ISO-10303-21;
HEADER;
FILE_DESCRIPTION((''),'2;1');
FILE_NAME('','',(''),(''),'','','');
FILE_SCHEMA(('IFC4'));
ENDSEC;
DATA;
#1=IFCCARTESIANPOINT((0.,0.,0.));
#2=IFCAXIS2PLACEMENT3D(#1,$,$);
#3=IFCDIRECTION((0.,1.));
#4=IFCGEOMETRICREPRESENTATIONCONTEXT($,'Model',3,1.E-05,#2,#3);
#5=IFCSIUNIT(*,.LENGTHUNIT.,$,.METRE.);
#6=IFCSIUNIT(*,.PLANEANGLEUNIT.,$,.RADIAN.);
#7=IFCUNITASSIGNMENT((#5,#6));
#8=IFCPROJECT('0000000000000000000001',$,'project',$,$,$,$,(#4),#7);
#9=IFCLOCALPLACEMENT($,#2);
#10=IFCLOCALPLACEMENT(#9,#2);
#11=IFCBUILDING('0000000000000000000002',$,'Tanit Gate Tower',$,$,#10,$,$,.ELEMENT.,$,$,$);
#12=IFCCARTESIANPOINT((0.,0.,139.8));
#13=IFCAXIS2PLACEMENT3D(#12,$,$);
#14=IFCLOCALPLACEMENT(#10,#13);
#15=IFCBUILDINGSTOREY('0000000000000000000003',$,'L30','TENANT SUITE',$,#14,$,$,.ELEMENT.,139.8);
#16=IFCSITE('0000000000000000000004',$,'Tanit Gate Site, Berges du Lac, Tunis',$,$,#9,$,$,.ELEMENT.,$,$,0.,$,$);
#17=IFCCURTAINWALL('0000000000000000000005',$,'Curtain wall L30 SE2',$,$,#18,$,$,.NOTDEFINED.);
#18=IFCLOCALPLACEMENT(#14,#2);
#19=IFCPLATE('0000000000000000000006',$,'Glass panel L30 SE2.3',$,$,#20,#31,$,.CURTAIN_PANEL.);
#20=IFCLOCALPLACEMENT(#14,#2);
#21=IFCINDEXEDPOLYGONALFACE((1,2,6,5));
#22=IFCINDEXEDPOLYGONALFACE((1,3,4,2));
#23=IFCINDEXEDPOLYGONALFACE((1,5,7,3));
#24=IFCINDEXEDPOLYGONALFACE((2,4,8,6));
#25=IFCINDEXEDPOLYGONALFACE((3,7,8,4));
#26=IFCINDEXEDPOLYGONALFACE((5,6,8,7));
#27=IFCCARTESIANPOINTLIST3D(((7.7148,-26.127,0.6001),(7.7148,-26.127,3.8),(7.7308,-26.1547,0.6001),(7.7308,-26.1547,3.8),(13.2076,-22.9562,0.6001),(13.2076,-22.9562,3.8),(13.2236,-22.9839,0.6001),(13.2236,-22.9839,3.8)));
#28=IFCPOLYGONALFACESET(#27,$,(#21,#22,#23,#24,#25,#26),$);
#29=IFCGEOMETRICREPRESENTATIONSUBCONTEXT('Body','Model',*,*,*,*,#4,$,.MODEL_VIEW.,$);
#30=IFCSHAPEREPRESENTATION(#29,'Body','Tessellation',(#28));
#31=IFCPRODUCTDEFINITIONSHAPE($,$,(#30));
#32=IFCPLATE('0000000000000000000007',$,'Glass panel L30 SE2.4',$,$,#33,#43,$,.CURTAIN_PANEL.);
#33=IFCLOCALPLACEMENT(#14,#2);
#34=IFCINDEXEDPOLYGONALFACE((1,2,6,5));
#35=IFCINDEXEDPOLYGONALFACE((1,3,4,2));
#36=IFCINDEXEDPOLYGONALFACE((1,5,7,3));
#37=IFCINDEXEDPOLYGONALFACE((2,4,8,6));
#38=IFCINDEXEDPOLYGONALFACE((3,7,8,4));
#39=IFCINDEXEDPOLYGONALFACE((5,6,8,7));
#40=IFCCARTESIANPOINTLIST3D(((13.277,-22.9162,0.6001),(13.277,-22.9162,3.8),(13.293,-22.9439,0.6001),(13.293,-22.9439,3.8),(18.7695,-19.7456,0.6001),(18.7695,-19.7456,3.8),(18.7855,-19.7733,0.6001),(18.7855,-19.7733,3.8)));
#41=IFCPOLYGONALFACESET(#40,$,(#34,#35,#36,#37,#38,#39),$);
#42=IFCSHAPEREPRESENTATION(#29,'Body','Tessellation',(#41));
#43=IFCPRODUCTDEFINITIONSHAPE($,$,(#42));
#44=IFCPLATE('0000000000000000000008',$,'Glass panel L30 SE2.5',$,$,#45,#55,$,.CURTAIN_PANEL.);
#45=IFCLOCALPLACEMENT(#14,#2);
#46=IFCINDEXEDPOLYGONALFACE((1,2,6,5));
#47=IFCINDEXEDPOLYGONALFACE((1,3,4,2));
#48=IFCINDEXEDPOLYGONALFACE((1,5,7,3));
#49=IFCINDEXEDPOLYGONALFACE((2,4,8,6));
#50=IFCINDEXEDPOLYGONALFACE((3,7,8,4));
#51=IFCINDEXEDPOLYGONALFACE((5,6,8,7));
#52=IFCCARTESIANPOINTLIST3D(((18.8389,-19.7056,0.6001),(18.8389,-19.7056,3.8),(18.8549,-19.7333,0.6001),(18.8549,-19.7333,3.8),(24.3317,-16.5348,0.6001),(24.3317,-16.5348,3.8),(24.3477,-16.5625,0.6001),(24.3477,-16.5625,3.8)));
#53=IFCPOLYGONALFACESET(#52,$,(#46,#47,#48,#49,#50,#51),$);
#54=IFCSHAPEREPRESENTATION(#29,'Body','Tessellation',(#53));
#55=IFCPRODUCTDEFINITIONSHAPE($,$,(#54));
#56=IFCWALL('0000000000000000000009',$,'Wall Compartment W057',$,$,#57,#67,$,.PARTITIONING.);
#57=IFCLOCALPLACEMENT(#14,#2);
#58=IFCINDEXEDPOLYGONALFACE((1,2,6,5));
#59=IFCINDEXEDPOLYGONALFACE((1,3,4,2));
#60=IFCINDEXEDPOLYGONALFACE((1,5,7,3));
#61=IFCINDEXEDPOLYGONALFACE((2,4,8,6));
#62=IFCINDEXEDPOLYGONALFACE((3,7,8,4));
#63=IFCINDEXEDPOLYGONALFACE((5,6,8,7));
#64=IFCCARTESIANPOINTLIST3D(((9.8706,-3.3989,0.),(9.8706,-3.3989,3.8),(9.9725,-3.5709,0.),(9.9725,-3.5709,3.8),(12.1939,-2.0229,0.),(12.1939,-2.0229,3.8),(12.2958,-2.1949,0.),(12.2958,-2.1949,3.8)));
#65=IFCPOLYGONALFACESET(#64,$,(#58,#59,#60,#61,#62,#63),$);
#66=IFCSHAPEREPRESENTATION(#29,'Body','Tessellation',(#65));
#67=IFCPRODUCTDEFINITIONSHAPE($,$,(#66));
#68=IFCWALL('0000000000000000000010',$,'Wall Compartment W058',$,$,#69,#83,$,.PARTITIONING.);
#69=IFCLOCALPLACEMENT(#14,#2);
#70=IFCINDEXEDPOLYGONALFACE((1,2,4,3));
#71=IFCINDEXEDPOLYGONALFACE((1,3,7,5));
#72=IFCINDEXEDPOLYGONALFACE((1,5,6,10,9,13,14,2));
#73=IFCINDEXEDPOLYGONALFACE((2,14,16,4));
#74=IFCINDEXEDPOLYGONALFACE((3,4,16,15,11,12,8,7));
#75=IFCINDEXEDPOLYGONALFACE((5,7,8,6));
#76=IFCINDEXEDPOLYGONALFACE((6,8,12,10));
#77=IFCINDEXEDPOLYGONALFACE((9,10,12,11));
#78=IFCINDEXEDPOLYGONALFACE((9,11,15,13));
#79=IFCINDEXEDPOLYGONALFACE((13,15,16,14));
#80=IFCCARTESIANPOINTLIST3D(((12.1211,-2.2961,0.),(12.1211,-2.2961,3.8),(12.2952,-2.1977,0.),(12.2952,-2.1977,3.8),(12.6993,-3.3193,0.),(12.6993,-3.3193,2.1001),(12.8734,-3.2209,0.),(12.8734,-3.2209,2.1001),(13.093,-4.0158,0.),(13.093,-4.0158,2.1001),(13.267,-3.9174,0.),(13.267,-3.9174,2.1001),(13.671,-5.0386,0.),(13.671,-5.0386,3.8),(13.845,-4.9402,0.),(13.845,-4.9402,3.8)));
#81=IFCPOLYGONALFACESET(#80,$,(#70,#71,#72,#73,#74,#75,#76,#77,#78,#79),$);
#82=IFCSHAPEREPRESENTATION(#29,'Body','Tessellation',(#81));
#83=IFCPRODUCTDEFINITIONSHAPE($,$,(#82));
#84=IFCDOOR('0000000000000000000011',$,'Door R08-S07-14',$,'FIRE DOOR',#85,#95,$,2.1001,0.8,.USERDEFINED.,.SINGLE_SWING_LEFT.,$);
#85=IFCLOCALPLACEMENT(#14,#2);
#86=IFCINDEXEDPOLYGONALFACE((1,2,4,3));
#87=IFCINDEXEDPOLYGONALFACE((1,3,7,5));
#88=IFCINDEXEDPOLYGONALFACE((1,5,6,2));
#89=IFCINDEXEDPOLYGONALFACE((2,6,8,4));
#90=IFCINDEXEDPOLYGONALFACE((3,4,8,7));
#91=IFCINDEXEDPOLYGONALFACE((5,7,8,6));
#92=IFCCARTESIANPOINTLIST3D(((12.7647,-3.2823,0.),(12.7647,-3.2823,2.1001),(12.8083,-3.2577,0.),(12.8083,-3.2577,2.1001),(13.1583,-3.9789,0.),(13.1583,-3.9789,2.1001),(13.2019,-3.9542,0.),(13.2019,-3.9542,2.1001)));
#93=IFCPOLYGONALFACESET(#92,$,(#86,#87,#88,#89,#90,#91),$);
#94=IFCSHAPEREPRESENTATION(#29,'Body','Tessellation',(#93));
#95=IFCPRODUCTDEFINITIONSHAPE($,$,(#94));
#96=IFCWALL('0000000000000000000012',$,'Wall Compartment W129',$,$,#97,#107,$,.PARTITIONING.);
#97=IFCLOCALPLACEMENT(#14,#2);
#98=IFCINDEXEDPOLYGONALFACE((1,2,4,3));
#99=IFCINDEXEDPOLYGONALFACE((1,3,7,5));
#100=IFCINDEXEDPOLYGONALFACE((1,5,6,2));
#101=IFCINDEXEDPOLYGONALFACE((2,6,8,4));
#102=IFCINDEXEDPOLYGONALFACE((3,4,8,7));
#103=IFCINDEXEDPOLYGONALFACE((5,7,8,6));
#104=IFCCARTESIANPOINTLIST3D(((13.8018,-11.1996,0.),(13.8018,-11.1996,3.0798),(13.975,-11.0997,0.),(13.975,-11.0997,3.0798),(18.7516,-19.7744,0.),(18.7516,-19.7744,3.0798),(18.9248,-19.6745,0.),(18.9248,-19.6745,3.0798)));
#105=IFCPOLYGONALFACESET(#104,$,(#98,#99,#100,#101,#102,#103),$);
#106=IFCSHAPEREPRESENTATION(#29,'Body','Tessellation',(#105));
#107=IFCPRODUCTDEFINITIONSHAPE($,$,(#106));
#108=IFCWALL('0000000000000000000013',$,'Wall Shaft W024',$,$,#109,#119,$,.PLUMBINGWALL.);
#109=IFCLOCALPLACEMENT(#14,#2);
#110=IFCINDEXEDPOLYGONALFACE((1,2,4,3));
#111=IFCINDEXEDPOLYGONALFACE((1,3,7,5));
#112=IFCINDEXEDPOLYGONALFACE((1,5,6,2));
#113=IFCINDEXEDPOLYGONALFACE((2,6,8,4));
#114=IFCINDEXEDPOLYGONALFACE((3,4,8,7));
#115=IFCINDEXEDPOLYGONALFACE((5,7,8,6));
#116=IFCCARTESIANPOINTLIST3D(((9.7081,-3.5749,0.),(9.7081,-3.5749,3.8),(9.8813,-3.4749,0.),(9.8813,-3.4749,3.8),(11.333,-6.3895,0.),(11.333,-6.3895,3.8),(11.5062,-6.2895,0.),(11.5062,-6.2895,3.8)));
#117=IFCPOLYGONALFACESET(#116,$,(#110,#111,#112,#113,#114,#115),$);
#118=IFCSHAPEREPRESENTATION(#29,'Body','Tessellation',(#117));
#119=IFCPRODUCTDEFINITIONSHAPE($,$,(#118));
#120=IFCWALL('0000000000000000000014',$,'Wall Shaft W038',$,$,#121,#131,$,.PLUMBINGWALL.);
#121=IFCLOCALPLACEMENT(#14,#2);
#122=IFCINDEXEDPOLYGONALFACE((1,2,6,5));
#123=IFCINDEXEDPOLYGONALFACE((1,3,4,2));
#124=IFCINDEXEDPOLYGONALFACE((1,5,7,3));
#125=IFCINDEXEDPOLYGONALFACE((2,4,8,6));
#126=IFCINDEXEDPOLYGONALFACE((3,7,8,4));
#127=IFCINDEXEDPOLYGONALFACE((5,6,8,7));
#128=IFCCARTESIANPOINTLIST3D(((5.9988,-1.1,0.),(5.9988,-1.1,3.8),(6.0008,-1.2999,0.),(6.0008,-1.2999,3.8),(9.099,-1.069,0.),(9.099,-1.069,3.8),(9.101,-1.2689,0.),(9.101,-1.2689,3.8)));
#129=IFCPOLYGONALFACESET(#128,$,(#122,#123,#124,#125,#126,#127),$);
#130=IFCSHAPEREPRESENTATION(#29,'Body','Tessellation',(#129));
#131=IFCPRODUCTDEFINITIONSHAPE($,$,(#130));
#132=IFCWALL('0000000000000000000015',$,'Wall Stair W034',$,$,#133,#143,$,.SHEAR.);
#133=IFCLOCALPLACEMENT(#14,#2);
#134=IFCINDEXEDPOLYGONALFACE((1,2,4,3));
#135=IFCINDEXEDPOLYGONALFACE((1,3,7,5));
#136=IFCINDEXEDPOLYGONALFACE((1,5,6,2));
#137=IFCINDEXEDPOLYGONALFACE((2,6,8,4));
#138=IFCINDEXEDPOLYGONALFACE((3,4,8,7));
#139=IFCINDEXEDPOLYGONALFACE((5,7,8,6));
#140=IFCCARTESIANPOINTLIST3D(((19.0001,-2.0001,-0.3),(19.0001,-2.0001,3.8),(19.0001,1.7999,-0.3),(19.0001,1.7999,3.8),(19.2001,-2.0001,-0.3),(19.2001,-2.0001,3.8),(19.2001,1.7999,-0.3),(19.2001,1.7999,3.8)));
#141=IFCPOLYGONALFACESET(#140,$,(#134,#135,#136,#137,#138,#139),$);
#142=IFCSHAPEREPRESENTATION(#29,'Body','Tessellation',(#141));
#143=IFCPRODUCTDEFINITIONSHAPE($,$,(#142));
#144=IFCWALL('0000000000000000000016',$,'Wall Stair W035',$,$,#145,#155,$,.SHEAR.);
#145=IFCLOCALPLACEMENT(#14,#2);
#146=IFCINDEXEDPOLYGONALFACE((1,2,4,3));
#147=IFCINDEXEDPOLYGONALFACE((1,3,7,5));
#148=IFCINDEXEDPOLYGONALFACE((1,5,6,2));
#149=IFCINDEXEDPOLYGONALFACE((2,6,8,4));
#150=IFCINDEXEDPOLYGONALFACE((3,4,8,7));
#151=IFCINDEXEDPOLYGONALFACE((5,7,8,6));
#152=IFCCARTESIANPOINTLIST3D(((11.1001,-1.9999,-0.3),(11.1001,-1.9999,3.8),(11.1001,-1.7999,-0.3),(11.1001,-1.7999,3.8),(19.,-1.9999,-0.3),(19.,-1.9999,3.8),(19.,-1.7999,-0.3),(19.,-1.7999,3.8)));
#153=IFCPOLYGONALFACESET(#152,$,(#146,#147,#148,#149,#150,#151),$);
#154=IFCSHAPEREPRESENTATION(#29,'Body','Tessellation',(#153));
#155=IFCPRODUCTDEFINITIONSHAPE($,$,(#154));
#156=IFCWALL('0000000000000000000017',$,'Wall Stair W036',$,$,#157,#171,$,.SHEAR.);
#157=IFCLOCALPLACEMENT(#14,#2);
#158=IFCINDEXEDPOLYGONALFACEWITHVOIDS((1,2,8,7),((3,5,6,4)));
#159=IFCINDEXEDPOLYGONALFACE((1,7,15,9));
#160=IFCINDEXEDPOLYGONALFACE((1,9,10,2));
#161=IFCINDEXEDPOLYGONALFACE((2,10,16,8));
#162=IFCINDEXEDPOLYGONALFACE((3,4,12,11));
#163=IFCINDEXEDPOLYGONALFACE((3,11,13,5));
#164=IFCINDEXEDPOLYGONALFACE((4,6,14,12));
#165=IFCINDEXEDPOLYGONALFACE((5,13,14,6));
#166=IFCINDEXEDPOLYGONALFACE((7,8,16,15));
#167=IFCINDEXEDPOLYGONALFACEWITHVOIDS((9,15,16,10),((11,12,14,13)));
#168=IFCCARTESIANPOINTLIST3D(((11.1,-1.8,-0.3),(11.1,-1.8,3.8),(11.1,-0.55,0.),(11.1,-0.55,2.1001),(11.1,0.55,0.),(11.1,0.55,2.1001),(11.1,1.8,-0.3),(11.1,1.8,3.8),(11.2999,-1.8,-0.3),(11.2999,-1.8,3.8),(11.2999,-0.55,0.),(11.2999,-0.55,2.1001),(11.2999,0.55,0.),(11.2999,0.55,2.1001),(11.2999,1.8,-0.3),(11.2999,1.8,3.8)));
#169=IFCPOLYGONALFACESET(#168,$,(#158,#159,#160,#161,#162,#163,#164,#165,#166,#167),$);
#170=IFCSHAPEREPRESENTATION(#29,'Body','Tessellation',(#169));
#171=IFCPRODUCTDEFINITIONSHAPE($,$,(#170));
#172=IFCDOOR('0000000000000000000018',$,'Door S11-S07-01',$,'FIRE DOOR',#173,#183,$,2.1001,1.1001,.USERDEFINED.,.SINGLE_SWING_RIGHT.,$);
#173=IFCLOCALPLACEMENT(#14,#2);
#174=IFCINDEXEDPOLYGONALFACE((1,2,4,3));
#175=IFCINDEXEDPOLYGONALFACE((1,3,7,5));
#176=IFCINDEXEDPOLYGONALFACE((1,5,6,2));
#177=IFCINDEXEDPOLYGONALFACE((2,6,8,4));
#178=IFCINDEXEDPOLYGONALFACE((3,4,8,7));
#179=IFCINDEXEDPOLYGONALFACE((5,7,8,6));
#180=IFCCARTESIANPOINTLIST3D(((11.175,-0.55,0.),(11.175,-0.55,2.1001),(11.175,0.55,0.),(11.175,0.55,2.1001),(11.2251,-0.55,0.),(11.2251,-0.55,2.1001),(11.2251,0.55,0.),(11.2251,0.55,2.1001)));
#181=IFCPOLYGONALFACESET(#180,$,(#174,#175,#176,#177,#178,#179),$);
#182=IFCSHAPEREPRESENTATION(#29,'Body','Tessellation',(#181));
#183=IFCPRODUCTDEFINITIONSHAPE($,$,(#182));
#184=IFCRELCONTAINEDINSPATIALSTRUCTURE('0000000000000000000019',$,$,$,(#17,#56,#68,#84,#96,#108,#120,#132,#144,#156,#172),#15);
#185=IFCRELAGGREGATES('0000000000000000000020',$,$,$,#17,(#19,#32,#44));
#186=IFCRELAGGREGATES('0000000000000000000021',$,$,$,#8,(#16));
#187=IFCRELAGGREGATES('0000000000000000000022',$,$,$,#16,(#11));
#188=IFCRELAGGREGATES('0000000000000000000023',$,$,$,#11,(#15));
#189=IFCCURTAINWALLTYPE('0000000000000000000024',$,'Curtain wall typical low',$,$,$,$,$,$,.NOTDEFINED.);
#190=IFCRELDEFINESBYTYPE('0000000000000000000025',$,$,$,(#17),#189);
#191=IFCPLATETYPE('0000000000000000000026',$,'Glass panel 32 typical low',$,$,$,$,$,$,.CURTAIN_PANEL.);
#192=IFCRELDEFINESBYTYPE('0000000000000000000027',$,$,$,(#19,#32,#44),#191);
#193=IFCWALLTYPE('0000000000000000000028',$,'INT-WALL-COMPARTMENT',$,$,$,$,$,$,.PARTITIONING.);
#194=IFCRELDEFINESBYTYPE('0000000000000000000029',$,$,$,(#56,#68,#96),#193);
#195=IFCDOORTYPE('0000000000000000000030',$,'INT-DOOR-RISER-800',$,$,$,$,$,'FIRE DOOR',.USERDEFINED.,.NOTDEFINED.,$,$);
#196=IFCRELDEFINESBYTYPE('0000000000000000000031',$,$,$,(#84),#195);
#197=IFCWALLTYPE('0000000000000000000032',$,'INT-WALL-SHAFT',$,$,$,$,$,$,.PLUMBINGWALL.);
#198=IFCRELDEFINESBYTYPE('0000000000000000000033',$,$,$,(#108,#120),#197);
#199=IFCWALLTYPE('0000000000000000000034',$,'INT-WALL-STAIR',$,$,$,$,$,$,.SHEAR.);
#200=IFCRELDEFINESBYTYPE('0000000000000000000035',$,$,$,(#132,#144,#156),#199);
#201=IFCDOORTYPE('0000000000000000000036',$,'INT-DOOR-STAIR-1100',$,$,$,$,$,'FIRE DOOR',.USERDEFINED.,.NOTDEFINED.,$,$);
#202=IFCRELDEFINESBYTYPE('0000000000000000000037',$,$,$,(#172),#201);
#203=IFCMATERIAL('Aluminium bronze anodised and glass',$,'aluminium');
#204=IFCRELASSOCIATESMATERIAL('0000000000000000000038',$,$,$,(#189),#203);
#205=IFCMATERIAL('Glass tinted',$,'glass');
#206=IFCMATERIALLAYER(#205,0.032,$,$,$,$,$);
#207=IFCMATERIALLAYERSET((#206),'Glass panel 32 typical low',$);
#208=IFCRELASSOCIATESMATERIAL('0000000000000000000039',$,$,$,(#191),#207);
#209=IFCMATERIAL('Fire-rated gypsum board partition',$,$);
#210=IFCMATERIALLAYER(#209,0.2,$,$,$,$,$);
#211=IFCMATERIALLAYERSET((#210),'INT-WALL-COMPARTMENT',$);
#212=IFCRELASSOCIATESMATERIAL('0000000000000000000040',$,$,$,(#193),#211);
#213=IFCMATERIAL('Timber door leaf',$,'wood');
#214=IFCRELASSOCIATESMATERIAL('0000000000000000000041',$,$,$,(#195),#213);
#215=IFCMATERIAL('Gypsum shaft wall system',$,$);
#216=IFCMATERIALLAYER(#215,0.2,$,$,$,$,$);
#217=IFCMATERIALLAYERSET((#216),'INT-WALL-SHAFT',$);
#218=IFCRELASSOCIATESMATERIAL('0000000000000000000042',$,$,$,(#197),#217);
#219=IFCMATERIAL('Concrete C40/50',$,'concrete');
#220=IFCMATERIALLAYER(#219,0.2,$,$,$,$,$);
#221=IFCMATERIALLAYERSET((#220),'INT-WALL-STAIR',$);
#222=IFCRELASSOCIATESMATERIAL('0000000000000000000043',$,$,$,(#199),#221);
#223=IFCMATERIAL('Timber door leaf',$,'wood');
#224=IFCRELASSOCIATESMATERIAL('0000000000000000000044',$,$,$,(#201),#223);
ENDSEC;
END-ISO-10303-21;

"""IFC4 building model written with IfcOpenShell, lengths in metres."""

from ifc_helpers import new_model, si_unit, direction, frame, frame_2d, origin, origin_2d, place, context, subcontext, project, spatial, rectangle, extrude, material, layer, layer_set, type_object, element, fill, aggregate, save


model = new_model("IFC4")

# Units and contexts
model_context = context("Model", 3, precision=1e-05, world=origin(), true_north=direction((0.0, 1.0)))
body_context = subcontext(model_context, "Body", "Model", "MODEL_VIEW")
ifc_project = project(units=[si_unit("LENGTHUNIT", "METRE"), si_unit("PLANEANGLEUNIT", "RADIAN")], contexts=[model_context])

# Site, building, storey
site_placement = place(None, origin())
site = spatial("IfcSite", under=ifc_project, at=site_placement, Name="Tanit Gate Site, Berges du Lac, Tunis", CompositionType="ELEMENT", RefElevation=0.0)
building_placement = place(site_placement, origin())
building = spatial("IfcBuilding", under=site, at=building_placement, Name="Tanit Gate Tower", CompositionType="ELEMENT")
storey_placement = place(building_placement, frame((0.0, 0.0, 139.8)))
storey = spatial("IfcBuildingStorey", under=building, at=storey_placement, Name="L30", Description="TENANT SUITE", CompositionType="ELEMENT", Elevation=139.8)

# Curtain wall
ifc_material_1 = material(Name="Aluminium bronze anodised and glass", Category="aluminium")
curtain_wall_type = type_object("IfcCurtainWallType", Name="Curtain wall typical low", PredefinedType="NOTDEFINED", material=ifc_material_1)
curtain_wall_placement = place(storey_placement, origin())
curtain_wall = element("IfcCurtainWall", 1, at=curtain_wall_placement, inside=storey, type_object=curtain_wall_type, Name="Curtain wall L30 SE2", PredefinedType="NOTDEFINED")

# Plates
ifc_material_2 = material(Name="Glass tinted", Category="glass")
ifc_layer_1 = layer(ifc_material_2, 0.032)
ifc_layer_set_1 = layer_set([ifc_layer_1], Name="Glass panel 32 typical low")
plate_type = type_object("IfcPlateType", Name="Glass panel 32 typical low", PredefinedType="CURTAIN_PANEL", material=ifc_layer_set_1)
plate_1_placement = place(storey_placement, frame((10.4692, -24.5554, 0.6001), z_axis=(0.0, 0.0, 1.0), x_axis=(0.86606, 0.49994, 0.0)))
plate_1 = element("IfcPlate", 2, at=plate_1_placement, type_object=plate_type, Name="Glass panel L30 SE2.3", PredefinedType="CURTAIN_PANEL", context=body_context, shape_type="SweptSolid", body=[
    extrude(rectangle(XDim=6.3423, YDim=0.032, at=origin_2d()), origin(), (0.0, 0.0, 1.0), 3.2),
])
plate_2_placement = place(storey_placement, frame((16.0312, -21.3447, 0.6001), z_axis=(0.0, 0.0, 1.0), x_axis=(0.86606, 0.49994, 0.0)))
plate_2 = element("IfcPlate", 3, at=plate_2_placement, type_object=plate_type, Name="Glass panel L30 SE2.4", PredefinedType="CURTAIN_PANEL", context=body_context, shape_type="SweptSolid", body=[
    extrude(rectangle(XDim=6.342, YDim=0.032, at=origin_2d()), origin(), (0.0, 0.0, 1.0), 3.2),
])
plate_3_placement = place(storey_placement, frame((21.5933, -18.134, 0.6001), z_axis=(0.0, 0.0, 1.0), x_axis=(0.86606, 0.49994, 0.0)))
plate_3 = element("IfcPlate", 4, at=plate_3_placement, type_object=plate_type, Name="Glass panel L30 SE2.5", PredefinedType="CURTAIN_PANEL", context=body_context, shape_type="SweptSolid", body=[
    extrude(rectangle(XDim=6.3423, YDim=0.032, at=origin_2d()), origin(), (0.0, 0.0, 1.0), 3.2),
])
aggregate(curtain_wall, [plate_1, plate_2, plate_3])

# Wall
ifc_material_3 = material(Name="Fire-rated gypsum board partition")
ifc_layer_2 = layer(ifc_material_3, 0.2)
ifc_layer_set_2 = layer_set([ifc_layer_2], Name="INT-WALL-COMPARTMENT")
wall_type_1 = type_object("IfcWallType", Name="INT-WALL-COMPARTMENT", PredefinedType="PARTITIONING", material=ifc_layer_set_2)
wall_1_placement = place(storey_placement, frame((12.2449, -2.1089, 0.0), z_axis=(0.0, 0.0, 1.0), x_axis=(-0.860415, -0.509594, 0.0)))
element("IfcWall", 5, at=wall_1_placement, inside=storey, type_object=wall_type_1, Name="Wall Compartment W057", PredefinedType="PARTITIONING", context=body_context, shape_type="SweptSolid", body=[
    extrude(rectangle(XDim=2.7002, YDim=0.2, at=frame_2d((1.3501, 0.0))), origin(), (0.0, 0.0, 1.0), 3.8),
])

# Wall, opening, door
wall_2_placement = place(storey_placement, frame((13.7581, -4.9895, 0.0), z_axis=(0.0, 0.0, 1.0), x_axis=(-0.491993, 0.870599, 0.0)))
wall_2 = element("IfcWall", 6, at=wall_2_placement, inside=storey, type_object=wall_type_1, Name="Wall Compartment W058", PredefinedType="PARTITIONING", context=body_context, shape_type="SweptSolid", body=[
    extrude(rectangle(XDim=3.1501, YDim=0.2, at=frame_2d((1.5752, 0.0))), origin(), (0.0, 0.0, 1.0), 3.8),
])
opening_1_placement = place(wall_2_placement, frame((1.175, 0.0, 0.0)))
opening_1 = element("IfcOpeningElement", 7, at=opening_1_placement, cuts=wall_2, PredefinedType="OPENING", context=body_context, shape_type="SweptSolid", body=[
    extrude(rectangle(XDim=0.8, YDim=2.1001, at=frame_2d((0.3999, 1.05))), frame((0.0, 0.1099, 0.0), z_axis=(0.0, -1.0, 0.0), x_axis=(1.0, 0.0, 0.0)), (0.0, 0.0, 1.0), 0.22),
])
ifc_material_4 = material(Name="Timber door leaf", Category="wood")
door_type_1 = type_object("IfcDoorType", Name="INT-DOOR-RISER-800", ElementType="FIRE DOOR", OperationType="NOTDEFINED", PredefinedType="USERDEFINED", material=ifc_material_4)
door_1_placement = place(opening_1_placement, origin())
door_1 = element("IfcDoor", 8, at=door_1_placement, inside=storey, type_object=door_type_1, Name="Door R08-S07-14", ObjectType="FIRE DOOR", OperationType="SINGLE_SWING_LEFT", OverallHeight=2.1001, OverallWidth=0.8, PredefinedType="USERDEFINED", context=body_context, shape_type="SweptSolid", body=[
    extrude(rectangle(XDim=0.8, YDim=2.1001, at=frame_2d((0.3999, 1.05))), frame((0.0, 0.0249, 0.0), z_axis=(0.0, -1.0, 0.0), x_axis=(1.0, 0.0, 0.0)), (0.0, 0.0, 1.0), 0.05),
])
fill(opening_1, door_1)

# Walls
wall_3_placement = place(storey_placement, frame((13.8884, -11.1497, 0.0), z_axis=(0.0, 0.0, 1.0), x_axis=(0.499932, -0.866065, 0.0)))
element("IfcWall", 9, at=wall_3_placement, inside=storey, type_object=wall_type_1, Name="Wall Compartment W129", PredefinedType="PARTITIONING", context=body_context, shape_type="SweptSolid", body=[
    extrude(rectangle(XDim=9.9009, YDim=0.2, at=frame_2d((4.9504, 0.0))), origin(), (0.0, 0.0, 1.0), 3.0798),
])
ifc_material_5 = material(Name="Gypsum shaft wall system")
ifc_layer_3 = layer(ifc_material_5, 0.2)
ifc_layer_set_3 = layer_set([ifc_layer_3], Name="INT-WALL-SHAFT")
wall_type_2 = type_object("IfcWallType", Name="INT-WALL-SHAFT", PredefinedType="PLUMBINGWALL", material=ifc_layer_set_3)
wall_4_placement = place(storey_placement, frame((9.7947, -3.5249, 0.0), z_axis=(0.0, 0.0, 1.0), x_axis=(0.499985, -0.866034, 0.0)))
element("IfcWall", 10, at=wall_4_placement, inside=storey, type_object=wall_type_2, Name="Wall Shaft W024", PredefinedType="PLUMBINGWALL", context=body_context, shape_type="SweptSolid", body=[
    extrude(rectangle(XDim=3.25, YDim=0.2, at=frame_2d((1.625, 0.0))), origin(), (0.0, 0.0, 1.0), 3.8),
])
wall_5_placement = place(storey_placement, frame((9.1001, -1.1689, 0.0), z_axis=(0.0, 0.0, 1.0), x_axis=(-0.99995, -0.010001, 0.0)))
element("IfcWall", 11, at=wall_5_placement, inside=storey, type_object=wall_type_2, Name="Wall Shaft W038", PredefinedType="PLUMBINGWALL", context=body_context, shape_type="SweptSolid", body=[
    extrude(rectangle(XDim=3.1003, YDim=0.2, at=frame_2d((1.5503, 0.0))), origin(), (0.0, 0.0, 1.0), 3.8),
])
ifc_material_6 = material(Name="Concrete C40/50", Category="concrete")
ifc_layer_4 = layer(ifc_material_6, 0.2)
ifc_layer_set_4 = layer_set([ifc_layer_4], Name="INT-WALL-STAIR")
wall_type_3 = type_object("IfcWallType", Name="INT-WALL-STAIR", PredefinedType="SHEAR", material=ifc_layer_set_4)
wall_6_placement = place(storey_placement, frame((19.1001, -2.0, -0.3), z_axis=(0.0, 0.0, 1.0), x_axis=(0.0, 1.0, 0.0)))
element("IfcWall", 12, at=wall_6_placement, inside=storey, type_object=wall_type_3, Name="Wall Stair W034", PredefinedType="SHEAR", context=body_context, shape_type="SweptSolid", body=[
    extrude(rectangle(XDim=3.8, YDim=0.2, at=frame_2d((1.8999, 0.0))), origin(), (0.0, 0.0, 1.0), 4.1001),
])
wall_7_placement = place(storey_placement, frame((11.1001, -1.8999, -0.3), z_axis=(0.0, 0.0, 1.0), x_axis=(1.0, 0.0, 0.0)))
element("IfcWall", 13, at=wall_7_placement, inside=storey, type_object=wall_type_3, Name="Wall Stair W035", PredefinedType="SHEAR", context=body_context, shape_type="SweptSolid", body=[
    extrude(rectangle(XDim=7.8999, YDim=0.2, at=frame_2d((3.95, 0.0))), origin(), (0.0, 0.0, 1.0), 4.1001),
])

# Wall, opening, door
wall_8_placement = place(storey_placement, frame((11.2, -1.8, -0.3), z_axis=(0.0, 0.0, 1.0), x_axis=(0.0, 1.0, 0.0)))
wall_8 = element("IfcWall", 14, at=wall_8_placement, inside=storey, type_object=wall_type_3, Name="Wall Stair W036", PredefinedType="SHEAR", context=body_context, shape_type="SweptSolid", body=[
    extrude(rectangle(XDim=3.6001, YDim=0.2, at=frame_2d((1.8, 0.0))), origin(), (0.0, 0.0, 1.0), 4.1001),
])
opening_2_placement = place(wall_8_placement, frame((1.25, 0.0, 0.3)))
opening_2 = element("IfcOpeningElement", 15, at=opening_2_placement, cuts=wall_8, PredefinedType="OPENING", context=body_context, shape_type="SweptSolid", body=[
    extrude(rectangle(XDim=1.1001, YDim=2.1001, at=frame_2d((0.55, 1.05))), frame((0.0, 0.1099, 0.0), z_axis=(0.0, -1.0, 0.0), x_axis=(1.0, 0.0, 0.0)), (0.0, 0.0, 1.0), 0.22),
])
ifc_material_7 = material(Name="Timber door leaf", Category="wood")
door_type_2 = type_object("IfcDoorType", Name="INT-DOOR-STAIR-1100", ElementType="FIRE DOOR", OperationType="NOTDEFINED", PredefinedType="USERDEFINED", material=ifc_material_7)
door_2_placement = place(opening_2_placement, origin())
door_2 = element("IfcDoor", 16, at=door_2_placement, inside=storey, type_object=door_type_2, Name="Door S11-S07-01", ObjectType="FIRE DOOR", OperationType="SINGLE_SWING_RIGHT", OverallHeight=2.1001, OverallWidth=1.1001, PredefinedType="USERDEFINED", context=body_context, shape_type="SweptSolid", body=[
    extrude(rectangle(XDim=1.1001, YDim=2.1001, at=frame_2d((0.55, 1.05))), frame((0.0, 0.0249, 0.0), z_axis=(0.0, -1.0, 0.0), x_axis=(1.0, 0.0, 0.0)), (0.0, 0.0, 1.0), 0.05),
])
fill(opening_2, door_2)

save(model, "model.ifc")
